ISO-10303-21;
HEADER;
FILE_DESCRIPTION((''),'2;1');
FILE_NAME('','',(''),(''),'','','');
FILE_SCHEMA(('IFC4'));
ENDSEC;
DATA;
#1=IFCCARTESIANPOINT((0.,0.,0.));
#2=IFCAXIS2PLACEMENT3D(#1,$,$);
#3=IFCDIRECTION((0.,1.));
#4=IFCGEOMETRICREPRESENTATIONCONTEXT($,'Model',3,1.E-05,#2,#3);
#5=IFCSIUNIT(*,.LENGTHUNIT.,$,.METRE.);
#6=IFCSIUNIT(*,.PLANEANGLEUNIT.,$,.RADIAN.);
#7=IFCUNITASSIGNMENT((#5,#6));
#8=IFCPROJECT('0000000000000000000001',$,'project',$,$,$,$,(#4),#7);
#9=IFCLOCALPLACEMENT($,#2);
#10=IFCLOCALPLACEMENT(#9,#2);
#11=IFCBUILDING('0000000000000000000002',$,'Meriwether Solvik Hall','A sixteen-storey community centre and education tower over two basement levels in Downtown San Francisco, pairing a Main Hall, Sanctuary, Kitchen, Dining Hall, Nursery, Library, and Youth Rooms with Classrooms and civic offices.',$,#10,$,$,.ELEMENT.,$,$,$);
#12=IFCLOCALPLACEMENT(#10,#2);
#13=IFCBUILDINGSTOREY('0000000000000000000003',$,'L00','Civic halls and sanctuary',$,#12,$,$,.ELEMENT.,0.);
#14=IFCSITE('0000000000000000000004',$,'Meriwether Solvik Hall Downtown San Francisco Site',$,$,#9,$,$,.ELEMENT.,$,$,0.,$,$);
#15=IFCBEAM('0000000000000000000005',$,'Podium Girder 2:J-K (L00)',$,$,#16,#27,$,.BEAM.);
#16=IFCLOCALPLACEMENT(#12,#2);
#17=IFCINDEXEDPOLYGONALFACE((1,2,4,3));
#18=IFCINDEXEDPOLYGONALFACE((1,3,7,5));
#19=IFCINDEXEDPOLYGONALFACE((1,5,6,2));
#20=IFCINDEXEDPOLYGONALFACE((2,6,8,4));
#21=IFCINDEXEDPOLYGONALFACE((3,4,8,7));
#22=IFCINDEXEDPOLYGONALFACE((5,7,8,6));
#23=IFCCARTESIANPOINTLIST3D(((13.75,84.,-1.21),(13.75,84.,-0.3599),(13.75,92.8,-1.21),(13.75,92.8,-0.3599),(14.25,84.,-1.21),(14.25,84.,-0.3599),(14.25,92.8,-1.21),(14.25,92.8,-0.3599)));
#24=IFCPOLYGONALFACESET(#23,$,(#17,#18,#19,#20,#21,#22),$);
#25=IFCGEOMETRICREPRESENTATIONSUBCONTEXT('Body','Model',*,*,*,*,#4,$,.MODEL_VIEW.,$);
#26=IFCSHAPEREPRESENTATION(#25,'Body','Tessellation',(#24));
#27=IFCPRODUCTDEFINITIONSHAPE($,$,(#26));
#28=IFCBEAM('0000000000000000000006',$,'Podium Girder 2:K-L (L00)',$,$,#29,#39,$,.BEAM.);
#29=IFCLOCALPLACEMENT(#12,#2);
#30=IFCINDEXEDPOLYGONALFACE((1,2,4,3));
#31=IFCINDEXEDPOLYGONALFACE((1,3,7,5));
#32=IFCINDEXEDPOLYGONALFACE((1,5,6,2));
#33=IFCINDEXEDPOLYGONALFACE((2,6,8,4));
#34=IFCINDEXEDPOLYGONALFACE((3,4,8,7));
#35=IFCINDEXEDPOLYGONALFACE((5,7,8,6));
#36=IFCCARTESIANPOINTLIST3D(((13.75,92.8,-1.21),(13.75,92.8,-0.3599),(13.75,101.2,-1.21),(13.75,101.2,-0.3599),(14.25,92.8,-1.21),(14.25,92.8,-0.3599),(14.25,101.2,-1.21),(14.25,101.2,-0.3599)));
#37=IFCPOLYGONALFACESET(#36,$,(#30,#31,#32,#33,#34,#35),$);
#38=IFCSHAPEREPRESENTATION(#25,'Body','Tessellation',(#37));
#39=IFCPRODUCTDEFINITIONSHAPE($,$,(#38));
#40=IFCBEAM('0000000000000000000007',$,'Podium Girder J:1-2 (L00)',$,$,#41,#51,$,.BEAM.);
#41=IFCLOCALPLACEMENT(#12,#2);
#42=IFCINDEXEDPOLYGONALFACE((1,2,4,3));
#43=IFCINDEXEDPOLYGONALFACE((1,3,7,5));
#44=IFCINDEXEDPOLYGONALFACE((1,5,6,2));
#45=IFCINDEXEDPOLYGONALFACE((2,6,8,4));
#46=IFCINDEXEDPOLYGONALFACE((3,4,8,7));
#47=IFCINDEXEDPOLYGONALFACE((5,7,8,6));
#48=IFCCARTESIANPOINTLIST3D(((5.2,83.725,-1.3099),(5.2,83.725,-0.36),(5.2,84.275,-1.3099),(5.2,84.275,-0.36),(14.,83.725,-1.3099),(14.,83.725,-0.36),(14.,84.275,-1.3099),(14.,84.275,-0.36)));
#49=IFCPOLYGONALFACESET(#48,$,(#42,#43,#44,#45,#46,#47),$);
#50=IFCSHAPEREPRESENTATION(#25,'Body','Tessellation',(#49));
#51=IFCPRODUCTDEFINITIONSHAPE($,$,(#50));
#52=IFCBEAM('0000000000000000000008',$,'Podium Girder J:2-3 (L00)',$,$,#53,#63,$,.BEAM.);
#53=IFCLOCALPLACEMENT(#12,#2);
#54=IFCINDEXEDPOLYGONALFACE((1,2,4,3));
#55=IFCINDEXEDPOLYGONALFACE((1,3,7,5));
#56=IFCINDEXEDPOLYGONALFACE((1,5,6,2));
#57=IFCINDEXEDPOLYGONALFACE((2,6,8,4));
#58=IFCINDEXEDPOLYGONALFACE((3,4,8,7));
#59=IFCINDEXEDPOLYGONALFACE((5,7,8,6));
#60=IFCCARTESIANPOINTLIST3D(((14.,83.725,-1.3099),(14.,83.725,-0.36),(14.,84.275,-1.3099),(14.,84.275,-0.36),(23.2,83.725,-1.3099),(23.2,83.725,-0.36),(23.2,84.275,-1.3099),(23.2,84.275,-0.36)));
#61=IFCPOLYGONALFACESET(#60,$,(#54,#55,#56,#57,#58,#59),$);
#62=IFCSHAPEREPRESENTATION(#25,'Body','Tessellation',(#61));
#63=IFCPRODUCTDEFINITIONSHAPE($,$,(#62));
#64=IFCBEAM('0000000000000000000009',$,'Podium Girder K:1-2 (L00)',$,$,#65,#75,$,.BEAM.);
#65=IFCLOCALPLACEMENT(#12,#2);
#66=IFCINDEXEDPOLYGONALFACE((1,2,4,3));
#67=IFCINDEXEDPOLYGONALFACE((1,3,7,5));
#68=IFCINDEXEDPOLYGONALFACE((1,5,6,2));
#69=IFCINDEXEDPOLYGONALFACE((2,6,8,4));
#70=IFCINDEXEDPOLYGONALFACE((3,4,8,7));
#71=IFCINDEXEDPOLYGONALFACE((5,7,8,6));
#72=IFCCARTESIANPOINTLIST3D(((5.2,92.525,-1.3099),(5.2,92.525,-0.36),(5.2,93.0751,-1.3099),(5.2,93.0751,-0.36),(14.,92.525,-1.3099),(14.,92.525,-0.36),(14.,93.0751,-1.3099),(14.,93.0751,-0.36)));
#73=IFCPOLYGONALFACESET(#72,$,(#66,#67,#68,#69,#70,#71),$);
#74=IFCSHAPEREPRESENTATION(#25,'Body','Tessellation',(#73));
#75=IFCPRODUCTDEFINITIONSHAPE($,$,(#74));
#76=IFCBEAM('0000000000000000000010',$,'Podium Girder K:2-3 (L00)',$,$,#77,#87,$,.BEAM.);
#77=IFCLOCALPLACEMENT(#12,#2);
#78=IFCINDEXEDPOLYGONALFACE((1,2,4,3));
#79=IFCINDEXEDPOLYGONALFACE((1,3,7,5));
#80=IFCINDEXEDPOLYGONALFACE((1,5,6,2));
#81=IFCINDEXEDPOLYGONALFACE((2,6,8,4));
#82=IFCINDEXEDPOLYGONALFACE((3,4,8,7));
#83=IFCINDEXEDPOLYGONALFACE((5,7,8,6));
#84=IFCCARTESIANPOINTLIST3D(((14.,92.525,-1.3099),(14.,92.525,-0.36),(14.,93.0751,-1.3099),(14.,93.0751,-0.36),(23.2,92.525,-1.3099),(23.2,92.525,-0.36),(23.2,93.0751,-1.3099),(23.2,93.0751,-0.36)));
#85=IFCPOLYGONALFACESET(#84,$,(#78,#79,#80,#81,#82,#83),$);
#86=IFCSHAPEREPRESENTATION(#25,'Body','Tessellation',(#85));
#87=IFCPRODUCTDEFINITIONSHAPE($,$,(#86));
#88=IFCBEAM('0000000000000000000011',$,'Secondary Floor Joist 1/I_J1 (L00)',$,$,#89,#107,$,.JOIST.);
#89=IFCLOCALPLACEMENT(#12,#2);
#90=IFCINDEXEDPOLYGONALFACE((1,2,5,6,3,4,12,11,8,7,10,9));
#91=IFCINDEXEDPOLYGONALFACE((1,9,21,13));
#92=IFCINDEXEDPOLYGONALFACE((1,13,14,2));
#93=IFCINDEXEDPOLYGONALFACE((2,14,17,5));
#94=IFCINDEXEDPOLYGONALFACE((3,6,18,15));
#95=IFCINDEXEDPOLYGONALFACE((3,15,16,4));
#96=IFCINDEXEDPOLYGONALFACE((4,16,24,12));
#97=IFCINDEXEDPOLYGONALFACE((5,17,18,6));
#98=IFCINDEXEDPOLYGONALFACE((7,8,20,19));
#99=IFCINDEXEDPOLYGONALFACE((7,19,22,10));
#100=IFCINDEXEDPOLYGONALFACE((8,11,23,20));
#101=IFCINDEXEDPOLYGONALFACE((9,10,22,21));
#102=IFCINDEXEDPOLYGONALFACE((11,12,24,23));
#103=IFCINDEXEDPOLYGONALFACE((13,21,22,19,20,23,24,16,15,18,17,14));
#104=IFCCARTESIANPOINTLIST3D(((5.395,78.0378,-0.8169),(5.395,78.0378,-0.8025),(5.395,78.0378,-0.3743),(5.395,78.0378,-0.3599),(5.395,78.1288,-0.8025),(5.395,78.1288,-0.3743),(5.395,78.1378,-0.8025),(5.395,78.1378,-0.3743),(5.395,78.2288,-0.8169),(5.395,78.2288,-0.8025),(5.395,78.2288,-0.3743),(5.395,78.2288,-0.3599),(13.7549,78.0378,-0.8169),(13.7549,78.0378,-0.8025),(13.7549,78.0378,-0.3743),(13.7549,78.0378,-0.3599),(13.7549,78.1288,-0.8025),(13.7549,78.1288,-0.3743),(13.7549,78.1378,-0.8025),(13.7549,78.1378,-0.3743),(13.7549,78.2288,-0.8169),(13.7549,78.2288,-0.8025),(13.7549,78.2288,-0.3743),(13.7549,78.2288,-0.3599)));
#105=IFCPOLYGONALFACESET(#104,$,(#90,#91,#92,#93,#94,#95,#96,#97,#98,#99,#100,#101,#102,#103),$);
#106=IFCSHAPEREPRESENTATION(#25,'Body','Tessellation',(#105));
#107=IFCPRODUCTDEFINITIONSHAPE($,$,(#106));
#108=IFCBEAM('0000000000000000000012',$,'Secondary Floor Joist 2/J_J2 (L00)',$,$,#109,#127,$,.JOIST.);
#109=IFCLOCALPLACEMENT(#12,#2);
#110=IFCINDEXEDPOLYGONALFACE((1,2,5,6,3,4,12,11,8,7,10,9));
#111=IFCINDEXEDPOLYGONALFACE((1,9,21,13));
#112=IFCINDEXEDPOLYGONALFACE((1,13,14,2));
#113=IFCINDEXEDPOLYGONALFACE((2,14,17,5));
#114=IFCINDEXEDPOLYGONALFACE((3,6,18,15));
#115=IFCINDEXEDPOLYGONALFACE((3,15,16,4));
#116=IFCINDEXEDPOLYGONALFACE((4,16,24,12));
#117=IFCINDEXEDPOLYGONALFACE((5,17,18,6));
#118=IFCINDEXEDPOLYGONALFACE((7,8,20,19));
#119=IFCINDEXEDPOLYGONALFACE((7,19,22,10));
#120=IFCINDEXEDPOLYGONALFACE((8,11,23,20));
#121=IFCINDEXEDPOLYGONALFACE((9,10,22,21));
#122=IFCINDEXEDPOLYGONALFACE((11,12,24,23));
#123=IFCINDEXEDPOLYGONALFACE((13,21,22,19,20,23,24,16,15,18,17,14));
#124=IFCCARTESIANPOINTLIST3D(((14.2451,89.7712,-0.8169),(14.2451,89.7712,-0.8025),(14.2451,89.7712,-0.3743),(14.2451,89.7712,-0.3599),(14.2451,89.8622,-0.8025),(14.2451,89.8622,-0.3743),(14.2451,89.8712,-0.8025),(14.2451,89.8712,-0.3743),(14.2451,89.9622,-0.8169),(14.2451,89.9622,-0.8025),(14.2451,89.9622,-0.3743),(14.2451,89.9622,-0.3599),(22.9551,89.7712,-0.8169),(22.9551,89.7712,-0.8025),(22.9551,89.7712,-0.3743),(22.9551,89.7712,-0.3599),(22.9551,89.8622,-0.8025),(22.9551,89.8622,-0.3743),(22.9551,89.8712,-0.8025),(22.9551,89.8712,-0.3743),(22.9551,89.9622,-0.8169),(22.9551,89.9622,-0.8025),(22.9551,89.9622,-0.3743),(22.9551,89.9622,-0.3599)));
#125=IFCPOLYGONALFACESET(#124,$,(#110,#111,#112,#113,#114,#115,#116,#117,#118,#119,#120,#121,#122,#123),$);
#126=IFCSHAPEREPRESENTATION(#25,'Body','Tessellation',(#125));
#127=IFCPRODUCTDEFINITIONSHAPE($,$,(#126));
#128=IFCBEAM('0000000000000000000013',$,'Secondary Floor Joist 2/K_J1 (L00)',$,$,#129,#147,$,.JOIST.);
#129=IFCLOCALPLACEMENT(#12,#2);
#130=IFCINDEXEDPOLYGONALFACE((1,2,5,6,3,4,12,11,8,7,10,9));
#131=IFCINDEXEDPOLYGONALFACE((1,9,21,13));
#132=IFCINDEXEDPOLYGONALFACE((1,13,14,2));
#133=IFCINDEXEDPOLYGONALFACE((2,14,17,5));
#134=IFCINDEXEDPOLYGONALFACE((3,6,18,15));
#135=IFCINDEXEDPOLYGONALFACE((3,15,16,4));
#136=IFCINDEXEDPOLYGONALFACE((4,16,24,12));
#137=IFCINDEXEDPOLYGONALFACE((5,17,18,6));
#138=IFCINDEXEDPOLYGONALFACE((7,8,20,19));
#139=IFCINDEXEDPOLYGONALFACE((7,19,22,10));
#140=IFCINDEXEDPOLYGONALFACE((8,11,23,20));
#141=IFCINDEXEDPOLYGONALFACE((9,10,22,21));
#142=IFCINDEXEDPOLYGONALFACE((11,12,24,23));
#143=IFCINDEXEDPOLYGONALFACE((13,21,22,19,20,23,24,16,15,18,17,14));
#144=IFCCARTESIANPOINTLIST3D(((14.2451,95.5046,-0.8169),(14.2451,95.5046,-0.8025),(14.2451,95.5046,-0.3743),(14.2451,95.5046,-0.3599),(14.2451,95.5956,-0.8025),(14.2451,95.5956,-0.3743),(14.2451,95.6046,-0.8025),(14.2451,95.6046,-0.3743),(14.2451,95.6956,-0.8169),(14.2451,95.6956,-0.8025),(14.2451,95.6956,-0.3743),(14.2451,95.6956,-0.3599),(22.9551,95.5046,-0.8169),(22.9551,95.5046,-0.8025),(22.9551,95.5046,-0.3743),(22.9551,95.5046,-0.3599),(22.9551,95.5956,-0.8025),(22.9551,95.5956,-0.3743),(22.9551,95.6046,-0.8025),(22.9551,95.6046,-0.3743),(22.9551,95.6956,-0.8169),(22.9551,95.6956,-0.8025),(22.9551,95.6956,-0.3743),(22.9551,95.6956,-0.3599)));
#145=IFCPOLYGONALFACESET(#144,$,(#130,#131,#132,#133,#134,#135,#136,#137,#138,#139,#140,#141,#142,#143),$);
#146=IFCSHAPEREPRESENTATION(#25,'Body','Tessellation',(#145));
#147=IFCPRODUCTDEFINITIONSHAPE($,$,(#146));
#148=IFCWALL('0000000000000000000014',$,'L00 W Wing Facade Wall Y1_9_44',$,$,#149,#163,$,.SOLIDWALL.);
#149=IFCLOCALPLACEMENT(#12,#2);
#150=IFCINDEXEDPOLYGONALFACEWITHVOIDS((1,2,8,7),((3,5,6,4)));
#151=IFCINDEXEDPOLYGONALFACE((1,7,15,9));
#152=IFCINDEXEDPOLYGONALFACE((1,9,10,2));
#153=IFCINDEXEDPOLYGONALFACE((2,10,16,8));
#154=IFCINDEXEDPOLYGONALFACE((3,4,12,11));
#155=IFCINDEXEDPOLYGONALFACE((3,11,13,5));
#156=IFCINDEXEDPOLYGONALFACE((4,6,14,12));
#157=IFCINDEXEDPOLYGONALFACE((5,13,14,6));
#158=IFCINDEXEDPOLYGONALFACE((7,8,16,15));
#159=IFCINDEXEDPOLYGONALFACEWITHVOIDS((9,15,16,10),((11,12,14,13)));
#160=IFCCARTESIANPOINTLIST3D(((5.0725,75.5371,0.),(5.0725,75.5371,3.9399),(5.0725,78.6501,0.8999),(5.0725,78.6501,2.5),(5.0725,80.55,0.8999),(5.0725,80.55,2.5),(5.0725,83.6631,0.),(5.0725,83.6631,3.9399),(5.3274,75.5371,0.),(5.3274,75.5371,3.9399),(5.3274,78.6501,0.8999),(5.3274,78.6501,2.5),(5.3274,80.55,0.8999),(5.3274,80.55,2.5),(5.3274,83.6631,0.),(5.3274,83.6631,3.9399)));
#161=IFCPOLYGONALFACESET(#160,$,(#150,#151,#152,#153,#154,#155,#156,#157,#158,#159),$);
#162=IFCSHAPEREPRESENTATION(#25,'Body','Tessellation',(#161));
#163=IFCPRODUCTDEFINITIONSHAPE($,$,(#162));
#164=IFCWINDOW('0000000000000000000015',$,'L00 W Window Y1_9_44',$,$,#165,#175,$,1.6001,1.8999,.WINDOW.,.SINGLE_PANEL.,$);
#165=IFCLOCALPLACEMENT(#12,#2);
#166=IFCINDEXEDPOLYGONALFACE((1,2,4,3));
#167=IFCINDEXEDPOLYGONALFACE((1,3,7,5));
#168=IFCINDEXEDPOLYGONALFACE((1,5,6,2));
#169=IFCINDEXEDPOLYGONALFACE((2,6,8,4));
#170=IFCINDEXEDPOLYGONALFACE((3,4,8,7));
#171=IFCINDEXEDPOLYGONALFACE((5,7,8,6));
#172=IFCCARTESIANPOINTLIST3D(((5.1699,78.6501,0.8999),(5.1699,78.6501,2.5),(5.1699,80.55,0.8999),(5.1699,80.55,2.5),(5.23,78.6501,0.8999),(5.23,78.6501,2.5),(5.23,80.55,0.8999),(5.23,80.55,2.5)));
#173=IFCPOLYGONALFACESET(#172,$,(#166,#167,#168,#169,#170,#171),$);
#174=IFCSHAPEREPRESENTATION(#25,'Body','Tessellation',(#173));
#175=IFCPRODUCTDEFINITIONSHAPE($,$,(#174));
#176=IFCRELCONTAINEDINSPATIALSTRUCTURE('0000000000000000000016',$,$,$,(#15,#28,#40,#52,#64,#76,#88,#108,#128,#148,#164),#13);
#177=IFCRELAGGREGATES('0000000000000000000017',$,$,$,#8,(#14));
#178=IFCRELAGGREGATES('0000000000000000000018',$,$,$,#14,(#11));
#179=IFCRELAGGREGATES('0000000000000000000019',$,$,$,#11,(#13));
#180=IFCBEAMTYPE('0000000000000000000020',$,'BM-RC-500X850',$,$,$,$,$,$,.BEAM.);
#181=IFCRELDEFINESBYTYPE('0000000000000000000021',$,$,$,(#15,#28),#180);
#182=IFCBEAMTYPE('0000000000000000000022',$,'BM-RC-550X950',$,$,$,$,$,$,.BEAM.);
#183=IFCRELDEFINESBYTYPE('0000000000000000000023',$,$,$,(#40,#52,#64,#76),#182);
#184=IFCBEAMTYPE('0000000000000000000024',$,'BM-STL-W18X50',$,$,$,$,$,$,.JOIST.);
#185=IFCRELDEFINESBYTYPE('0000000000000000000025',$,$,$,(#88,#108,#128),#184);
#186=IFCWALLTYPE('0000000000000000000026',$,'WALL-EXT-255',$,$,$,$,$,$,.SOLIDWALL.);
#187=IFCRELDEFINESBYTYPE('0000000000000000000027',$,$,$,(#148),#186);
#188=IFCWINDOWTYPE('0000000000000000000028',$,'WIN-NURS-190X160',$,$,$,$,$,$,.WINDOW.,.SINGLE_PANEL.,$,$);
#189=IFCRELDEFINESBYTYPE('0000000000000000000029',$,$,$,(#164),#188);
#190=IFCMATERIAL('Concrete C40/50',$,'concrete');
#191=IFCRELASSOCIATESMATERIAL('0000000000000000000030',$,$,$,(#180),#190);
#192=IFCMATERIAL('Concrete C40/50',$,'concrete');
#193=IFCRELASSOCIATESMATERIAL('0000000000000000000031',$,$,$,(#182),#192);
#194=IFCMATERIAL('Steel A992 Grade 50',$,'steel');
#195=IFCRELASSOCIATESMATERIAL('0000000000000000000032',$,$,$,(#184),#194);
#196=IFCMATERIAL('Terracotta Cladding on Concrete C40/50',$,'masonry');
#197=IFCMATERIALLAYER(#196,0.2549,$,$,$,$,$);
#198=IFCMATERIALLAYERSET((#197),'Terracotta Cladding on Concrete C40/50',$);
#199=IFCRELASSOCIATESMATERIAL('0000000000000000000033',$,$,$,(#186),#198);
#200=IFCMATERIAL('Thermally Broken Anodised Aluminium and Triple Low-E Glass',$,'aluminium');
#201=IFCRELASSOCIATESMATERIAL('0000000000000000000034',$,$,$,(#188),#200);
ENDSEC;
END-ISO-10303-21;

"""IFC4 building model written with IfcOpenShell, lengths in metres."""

from ifc_helpers import new_model, si_unit, direction, frame, frame_2d, origin, origin_2d, place, context, subcontext, project, spatial, rectangle, i_section, extrude, material, layer, layer_set, material_profile, profile_set, type_object, element, fill, save


model = new_model("IFC4")

# Units and contexts
model_context = context("Model", 3, precision=1e-05, world=origin(), true_north=direction((0.0, 1.0)))
body_context = subcontext(model_context, "Body", "Model", "MODEL_VIEW")
ifc_project = project(units=[si_unit("LENGTHUNIT", "METRE"), si_unit("PLANEANGLEUNIT", "RADIAN")], contexts=[model_context])

# Site, building, storey
site_placement = place(None, origin())
site = spatial("IfcSite", under=ifc_project, at=site_placement, Name="Meriwether Solvik Hall Downtown San Francisco Site", CompositionType="ELEMENT", RefElevation=0.0)
building_placement = place(site_placement, origin())
building = spatial("IfcBuilding", under=site, at=building_placement, Name="Meriwether Solvik Hall", Description="A sixteen-storey community centre and education tower over two basement levels in Downtown San Francisco, pairing a Main Hall, Sanctuary, Kitchen, Dining Hall, Nursery, Library, and Youth Rooms with Classrooms and civic offices.", CompositionType="ELEMENT")
storey_placement = place(building_placement, origin())
storey = spatial("IfcBuildingStorey", under=building, at=storey_placement, Name="L00", Description="Civic halls and sanctuary", CompositionType="ELEMENT", Elevation=0.0)

# Beams
ifc_material_1 = material(Name="Concrete C40/50", Category="concrete")
ifc_material_profile_1 = material_profile(ifc_material_1, rectangle(XDim=0.5, YDim=0.8501, at=origin_2d()), Name="RCB-500X850")
ifc_profile_set_1 = profile_set([ifc_material_profile_1], Name="Concrete C40/50")
beam_type_1 = type_object("IfcBeamType", Name="BM-RC-500X850", PredefinedType="BEAM", material=ifc_profile_set_1)
beam_1_placement = place(storey_placement, frame((14.0, 84.0, -0.7849), z_axis=(0.0, 1.0, 0.0), x_axis=(-1.0, 0.0, 0.0)))
element("IfcBeam", 1, at=beam_1_placement, inside=storey, type_object=beam_type_1, Name="Podium Girder 2:J-K (L00)", PredefinedType="BEAM", context=body_context, shape_type="SweptSolid", body=[
    extrude(rectangle(XDim=0.5, YDim=0.8501, at=origin_2d()), origin(), (0.0, 0.0, 1.0), 8.8),
])
beam_2_placement = place(storey_placement, frame((14.0, 92.8, -0.7849), z_axis=(0.0, 1.0, 0.0), x_axis=(-1.0, 0.0, 0.0)))
element("IfcBeam", 2, at=beam_2_placement, inside=storey, type_object=beam_type_1, Name="Podium Girder 2:K-L (L00)", PredefinedType="BEAM", context=body_context, shape_type="SweptSolid", body=[
    extrude(rectangle(XDim=0.5, YDim=0.8501, at=origin_2d()), origin(), (0.0, 0.0, 1.0), 8.3999),
])
ifc_material_2 = material(Name="Concrete C40/50", Category="concrete")
ifc_material_profile_2 = material_profile(ifc_material_2, rectangle(XDim=0.55, YDim=0.95, at=origin_2d()), Name="RCB-550X950")
ifc_profile_set_2 = profile_set([ifc_material_profile_2], Name="Concrete C40/50")
beam_type_2 = type_object("IfcBeamType", Name="BM-RC-550X950", PredefinedType="BEAM", material=ifc_profile_set_2)
beam_3_placement = place(storey_placement, frame((5.2, 84.0, -0.835), z_axis=(1.0, 0.0, 0.0), x_axis=(0.0, 1.0, 0.0)))
element("IfcBeam", 3, at=beam_3_placement, inside=storey, type_object=beam_type_2, Name="Podium Girder J:1-2 (L00)", PredefinedType="BEAM", context=body_context, shape_type="SweptSolid", body=[
    extrude(rectangle(XDim=0.55, YDim=0.95, at=origin_2d()), origin(), (0.0, 0.0, 1.0), 8.8),
])
beam_4_placement = place(storey_placement, frame((14.0, 84.0, -0.835), z_axis=(1.0, 0.0, 0.0), x_axis=(0.0, 1.0, 0.0)))
element("IfcBeam", 4, at=beam_4_placement, inside=storey, type_object=beam_type_2, Name="Podium Girder J:2-3 (L00)", PredefinedType="BEAM", context=body_context, shape_type="SweptSolid", body=[
    extrude(rectangle(XDim=0.55, YDim=0.95, at=origin_2d()), origin(), (0.0, 0.0, 1.0), 9.2),
])
beam_5_placement = place(storey_placement, frame((5.2, 92.8, -0.835), z_axis=(1.0, 0.0, 0.0), x_axis=(0.0, 1.0, 0.0)))
element("IfcBeam", 5, at=beam_5_placement, inside=storey, type_object=beam_type_2, Name="Podium Girder K:1-2 (L00)", PredefinedType="BEAM", context=body_context, shape_type="SweptSolid", body=[
    extrude(rectangle(XDim=0.55, YDim=0.95, at=origin_2d()), origin(), (0.0, 0.0, 1.0), 8.8),
])
beam_6_placement = place(storey_placement, frame((14.0, 92.8, -0.835), z_axis=(1.0, 0.0, 0.0), x_axis=(0.0, 1.0, 0.0)))
element("IfcBeam", 6, at=beam_6_placement, inside=storey, type_object=beam_type_2, Name="Podium Girder K:2-3 (L00)", PredefinedType="BEAM", context=body_context, shape_type="SweptSolid", body=[
    extrude(rectangle(XDim=0.55, YDim=0.95, at=origin_2d()), origin(), (0.0, 0.0, 1.0), 9.2),
])
ifc_material_3 = material(Name="Steel A992 Grade 50", Category="steel")
ifc_material_profile_3 = material_profile(ifc_material_3, i_section(OverallWidth=0.1909, OverallDepth=0.457, WebThickness=0.009, FlangeThickness=0.0144, at=origin_2d()), Name="W18X50")
ifc_profile_set_3 = profile_set([ifc_material_profile_3], Name="Steel A992 Grade 50")
beam_type_3 = type_object("IfcBeamType", Name="BM-STL-W18X50", PredefinedType="JOIST", material=ifc_profile_set_3)
beam_7_placement = place(storey_placement, frame((5.395, 78.1333, -0.5884), z_axis=(1.0, 0.0, 0.0), x_axis=(0.0, 1.0, 0.0)))
element("IfcBeam", 7, at=beam_7_placement, inside=storey, type_object=beam_type_3, Name="Secondary Floor Joist 1/I_J1 (L00)", PredefinedType="JOIST", context=body_context, shape_type="SweptSolid", body=[
    extrude(i_section(OverallWidth=0.1909, OverallDepth=0.457, WebThickness=0.009, FlangeThickness=0.0144, at=origin_2d()), origin(), (0.0, 0.0, 1.0), 8.3599),
])
for number, where, z_axis, x_axis, name in (
    (8, (14.2451, 89.8667, -0.5884), (1.0, 0.0, 0.0), (0.0, 1.0, 0.0), "Secondary Floor Joist 2/J_J2 (L00)"),
    (9, (14.2451, 95.6001, -0.5884), (1.0, 0.0, 0.0), (0.0, 1.0, 0.0), "Secondary Floor Joist 2/K_J1 (L00)"),
):
    element("IfcBeam", number, at=place(storey_placement, frame(where, z_axis=z_axis, x_axis=x_axis)), inside=storey, type_object=beam_type_3, Name=name, PredefinedType="JOIST", context=body_context, shape_type="SweptSolid", body=[
        extrude(i_section(OverallWidth=0.1909, OverallDepth=0.457, WebThickness=0.009, FlangeThickness=0.0144, at=origin_2d()), origin(), (0.0, 0.0, 1.0), 8.71),
    ])

# Wall, opening, window
ifc_material_4 = material(Name="Terracotta Cladding on Concrete C40/50", Category="masonry")
ifc_layer_1 = layer(ifc_material_4, 0.2549)
ifc_layer_set_1 = layer_set([ifc_layer_1], Name="Terracotta Cladding on Concrete C40/50")
wall_type_1 = type_object("IfcWallType", Name="WALL-EXT-255", PredefinedType="SOLIDWALL", material=ifc_layer_set_1)
wall_1_placement = place(storey_placement, frame((5.2, 75.5371, 0.0), z_axis=(0.0, 0.0, 1.0), x_axis=(0.0, 1.0, 0.0)))
wall_1 = element("IfcWall", 10, at=wall_1_placement, inside=storey, type_object=wall_type_1, Name="L00 W Wing Facade Wall Y1_9_44", PredefinedType="SOLIDWALL", context=body_context, shape_type="SweptSolid", body=[
    extrude(rectangle(XDim=8.126, YDim=0.2549, at=frame_2d((4.063, 0.0))), origin(), (0.0, 0.0, 1.0), 3.9399),
])
opening_1_placement = place(wall_1_placement, frame((3.113, 0.0, 0.8999)))
opening_1 = element("IfcOpeningElement", 11, at=opening_1_placement, cuts=wall_1, PredefinedType="OPENING", context=body_context, shape_type="SweptSolid", body=[
    extrude(rectangle(XDim=1.8999, YDim=1.6001, at=frame_2d((0.95, 0.8))), frame((0.0, 0.1394, 0.0), z_axis=(0.0, -1.0, 0.0), x_axis=(1.0, 0.0, 0.0)), (0.0, 0.0, 1.0), 0.2788),
])
ifc_material_5 = material(Name="Thermally Broken Anodised Aluminium and Triple Low-E Glass", Category="aluminium")
window_type = type_object("IfcWindowType", Name="WIN-NURS-190X160", PartitioningType="SINGLE_PANEL", PredefinedType="WINDOW", material=ifc_material_5)
window_1_placement = place(opening_1_placement, origin())
window_1 = element("IfcWindow", 12, at=window_1_placement, inside=storey, type_object=window_type, Name="L00 W Window Y1_9_44", OverallHeight=1.6001, OverallWidth=1.8999, PartitioningType="SINGLE_PANEL", PredefinedType="WINDOW", context=body_context, shape_type="SweptSolid", body=[
    extrude(rectangle(XDim=1.8999, YDim=1.6001, at=frame_2d((0.95, 0.8))), frame((0.0, 0.03, 0.0), z_axis=(0.0, -1.0, 0.0), x_axis=(1.0, 0.0, 0.0)), (0.0, 0.0, 1.0), 0.0601),
])
fill(opening_1, window_1)

save(model, "model.ifc")
